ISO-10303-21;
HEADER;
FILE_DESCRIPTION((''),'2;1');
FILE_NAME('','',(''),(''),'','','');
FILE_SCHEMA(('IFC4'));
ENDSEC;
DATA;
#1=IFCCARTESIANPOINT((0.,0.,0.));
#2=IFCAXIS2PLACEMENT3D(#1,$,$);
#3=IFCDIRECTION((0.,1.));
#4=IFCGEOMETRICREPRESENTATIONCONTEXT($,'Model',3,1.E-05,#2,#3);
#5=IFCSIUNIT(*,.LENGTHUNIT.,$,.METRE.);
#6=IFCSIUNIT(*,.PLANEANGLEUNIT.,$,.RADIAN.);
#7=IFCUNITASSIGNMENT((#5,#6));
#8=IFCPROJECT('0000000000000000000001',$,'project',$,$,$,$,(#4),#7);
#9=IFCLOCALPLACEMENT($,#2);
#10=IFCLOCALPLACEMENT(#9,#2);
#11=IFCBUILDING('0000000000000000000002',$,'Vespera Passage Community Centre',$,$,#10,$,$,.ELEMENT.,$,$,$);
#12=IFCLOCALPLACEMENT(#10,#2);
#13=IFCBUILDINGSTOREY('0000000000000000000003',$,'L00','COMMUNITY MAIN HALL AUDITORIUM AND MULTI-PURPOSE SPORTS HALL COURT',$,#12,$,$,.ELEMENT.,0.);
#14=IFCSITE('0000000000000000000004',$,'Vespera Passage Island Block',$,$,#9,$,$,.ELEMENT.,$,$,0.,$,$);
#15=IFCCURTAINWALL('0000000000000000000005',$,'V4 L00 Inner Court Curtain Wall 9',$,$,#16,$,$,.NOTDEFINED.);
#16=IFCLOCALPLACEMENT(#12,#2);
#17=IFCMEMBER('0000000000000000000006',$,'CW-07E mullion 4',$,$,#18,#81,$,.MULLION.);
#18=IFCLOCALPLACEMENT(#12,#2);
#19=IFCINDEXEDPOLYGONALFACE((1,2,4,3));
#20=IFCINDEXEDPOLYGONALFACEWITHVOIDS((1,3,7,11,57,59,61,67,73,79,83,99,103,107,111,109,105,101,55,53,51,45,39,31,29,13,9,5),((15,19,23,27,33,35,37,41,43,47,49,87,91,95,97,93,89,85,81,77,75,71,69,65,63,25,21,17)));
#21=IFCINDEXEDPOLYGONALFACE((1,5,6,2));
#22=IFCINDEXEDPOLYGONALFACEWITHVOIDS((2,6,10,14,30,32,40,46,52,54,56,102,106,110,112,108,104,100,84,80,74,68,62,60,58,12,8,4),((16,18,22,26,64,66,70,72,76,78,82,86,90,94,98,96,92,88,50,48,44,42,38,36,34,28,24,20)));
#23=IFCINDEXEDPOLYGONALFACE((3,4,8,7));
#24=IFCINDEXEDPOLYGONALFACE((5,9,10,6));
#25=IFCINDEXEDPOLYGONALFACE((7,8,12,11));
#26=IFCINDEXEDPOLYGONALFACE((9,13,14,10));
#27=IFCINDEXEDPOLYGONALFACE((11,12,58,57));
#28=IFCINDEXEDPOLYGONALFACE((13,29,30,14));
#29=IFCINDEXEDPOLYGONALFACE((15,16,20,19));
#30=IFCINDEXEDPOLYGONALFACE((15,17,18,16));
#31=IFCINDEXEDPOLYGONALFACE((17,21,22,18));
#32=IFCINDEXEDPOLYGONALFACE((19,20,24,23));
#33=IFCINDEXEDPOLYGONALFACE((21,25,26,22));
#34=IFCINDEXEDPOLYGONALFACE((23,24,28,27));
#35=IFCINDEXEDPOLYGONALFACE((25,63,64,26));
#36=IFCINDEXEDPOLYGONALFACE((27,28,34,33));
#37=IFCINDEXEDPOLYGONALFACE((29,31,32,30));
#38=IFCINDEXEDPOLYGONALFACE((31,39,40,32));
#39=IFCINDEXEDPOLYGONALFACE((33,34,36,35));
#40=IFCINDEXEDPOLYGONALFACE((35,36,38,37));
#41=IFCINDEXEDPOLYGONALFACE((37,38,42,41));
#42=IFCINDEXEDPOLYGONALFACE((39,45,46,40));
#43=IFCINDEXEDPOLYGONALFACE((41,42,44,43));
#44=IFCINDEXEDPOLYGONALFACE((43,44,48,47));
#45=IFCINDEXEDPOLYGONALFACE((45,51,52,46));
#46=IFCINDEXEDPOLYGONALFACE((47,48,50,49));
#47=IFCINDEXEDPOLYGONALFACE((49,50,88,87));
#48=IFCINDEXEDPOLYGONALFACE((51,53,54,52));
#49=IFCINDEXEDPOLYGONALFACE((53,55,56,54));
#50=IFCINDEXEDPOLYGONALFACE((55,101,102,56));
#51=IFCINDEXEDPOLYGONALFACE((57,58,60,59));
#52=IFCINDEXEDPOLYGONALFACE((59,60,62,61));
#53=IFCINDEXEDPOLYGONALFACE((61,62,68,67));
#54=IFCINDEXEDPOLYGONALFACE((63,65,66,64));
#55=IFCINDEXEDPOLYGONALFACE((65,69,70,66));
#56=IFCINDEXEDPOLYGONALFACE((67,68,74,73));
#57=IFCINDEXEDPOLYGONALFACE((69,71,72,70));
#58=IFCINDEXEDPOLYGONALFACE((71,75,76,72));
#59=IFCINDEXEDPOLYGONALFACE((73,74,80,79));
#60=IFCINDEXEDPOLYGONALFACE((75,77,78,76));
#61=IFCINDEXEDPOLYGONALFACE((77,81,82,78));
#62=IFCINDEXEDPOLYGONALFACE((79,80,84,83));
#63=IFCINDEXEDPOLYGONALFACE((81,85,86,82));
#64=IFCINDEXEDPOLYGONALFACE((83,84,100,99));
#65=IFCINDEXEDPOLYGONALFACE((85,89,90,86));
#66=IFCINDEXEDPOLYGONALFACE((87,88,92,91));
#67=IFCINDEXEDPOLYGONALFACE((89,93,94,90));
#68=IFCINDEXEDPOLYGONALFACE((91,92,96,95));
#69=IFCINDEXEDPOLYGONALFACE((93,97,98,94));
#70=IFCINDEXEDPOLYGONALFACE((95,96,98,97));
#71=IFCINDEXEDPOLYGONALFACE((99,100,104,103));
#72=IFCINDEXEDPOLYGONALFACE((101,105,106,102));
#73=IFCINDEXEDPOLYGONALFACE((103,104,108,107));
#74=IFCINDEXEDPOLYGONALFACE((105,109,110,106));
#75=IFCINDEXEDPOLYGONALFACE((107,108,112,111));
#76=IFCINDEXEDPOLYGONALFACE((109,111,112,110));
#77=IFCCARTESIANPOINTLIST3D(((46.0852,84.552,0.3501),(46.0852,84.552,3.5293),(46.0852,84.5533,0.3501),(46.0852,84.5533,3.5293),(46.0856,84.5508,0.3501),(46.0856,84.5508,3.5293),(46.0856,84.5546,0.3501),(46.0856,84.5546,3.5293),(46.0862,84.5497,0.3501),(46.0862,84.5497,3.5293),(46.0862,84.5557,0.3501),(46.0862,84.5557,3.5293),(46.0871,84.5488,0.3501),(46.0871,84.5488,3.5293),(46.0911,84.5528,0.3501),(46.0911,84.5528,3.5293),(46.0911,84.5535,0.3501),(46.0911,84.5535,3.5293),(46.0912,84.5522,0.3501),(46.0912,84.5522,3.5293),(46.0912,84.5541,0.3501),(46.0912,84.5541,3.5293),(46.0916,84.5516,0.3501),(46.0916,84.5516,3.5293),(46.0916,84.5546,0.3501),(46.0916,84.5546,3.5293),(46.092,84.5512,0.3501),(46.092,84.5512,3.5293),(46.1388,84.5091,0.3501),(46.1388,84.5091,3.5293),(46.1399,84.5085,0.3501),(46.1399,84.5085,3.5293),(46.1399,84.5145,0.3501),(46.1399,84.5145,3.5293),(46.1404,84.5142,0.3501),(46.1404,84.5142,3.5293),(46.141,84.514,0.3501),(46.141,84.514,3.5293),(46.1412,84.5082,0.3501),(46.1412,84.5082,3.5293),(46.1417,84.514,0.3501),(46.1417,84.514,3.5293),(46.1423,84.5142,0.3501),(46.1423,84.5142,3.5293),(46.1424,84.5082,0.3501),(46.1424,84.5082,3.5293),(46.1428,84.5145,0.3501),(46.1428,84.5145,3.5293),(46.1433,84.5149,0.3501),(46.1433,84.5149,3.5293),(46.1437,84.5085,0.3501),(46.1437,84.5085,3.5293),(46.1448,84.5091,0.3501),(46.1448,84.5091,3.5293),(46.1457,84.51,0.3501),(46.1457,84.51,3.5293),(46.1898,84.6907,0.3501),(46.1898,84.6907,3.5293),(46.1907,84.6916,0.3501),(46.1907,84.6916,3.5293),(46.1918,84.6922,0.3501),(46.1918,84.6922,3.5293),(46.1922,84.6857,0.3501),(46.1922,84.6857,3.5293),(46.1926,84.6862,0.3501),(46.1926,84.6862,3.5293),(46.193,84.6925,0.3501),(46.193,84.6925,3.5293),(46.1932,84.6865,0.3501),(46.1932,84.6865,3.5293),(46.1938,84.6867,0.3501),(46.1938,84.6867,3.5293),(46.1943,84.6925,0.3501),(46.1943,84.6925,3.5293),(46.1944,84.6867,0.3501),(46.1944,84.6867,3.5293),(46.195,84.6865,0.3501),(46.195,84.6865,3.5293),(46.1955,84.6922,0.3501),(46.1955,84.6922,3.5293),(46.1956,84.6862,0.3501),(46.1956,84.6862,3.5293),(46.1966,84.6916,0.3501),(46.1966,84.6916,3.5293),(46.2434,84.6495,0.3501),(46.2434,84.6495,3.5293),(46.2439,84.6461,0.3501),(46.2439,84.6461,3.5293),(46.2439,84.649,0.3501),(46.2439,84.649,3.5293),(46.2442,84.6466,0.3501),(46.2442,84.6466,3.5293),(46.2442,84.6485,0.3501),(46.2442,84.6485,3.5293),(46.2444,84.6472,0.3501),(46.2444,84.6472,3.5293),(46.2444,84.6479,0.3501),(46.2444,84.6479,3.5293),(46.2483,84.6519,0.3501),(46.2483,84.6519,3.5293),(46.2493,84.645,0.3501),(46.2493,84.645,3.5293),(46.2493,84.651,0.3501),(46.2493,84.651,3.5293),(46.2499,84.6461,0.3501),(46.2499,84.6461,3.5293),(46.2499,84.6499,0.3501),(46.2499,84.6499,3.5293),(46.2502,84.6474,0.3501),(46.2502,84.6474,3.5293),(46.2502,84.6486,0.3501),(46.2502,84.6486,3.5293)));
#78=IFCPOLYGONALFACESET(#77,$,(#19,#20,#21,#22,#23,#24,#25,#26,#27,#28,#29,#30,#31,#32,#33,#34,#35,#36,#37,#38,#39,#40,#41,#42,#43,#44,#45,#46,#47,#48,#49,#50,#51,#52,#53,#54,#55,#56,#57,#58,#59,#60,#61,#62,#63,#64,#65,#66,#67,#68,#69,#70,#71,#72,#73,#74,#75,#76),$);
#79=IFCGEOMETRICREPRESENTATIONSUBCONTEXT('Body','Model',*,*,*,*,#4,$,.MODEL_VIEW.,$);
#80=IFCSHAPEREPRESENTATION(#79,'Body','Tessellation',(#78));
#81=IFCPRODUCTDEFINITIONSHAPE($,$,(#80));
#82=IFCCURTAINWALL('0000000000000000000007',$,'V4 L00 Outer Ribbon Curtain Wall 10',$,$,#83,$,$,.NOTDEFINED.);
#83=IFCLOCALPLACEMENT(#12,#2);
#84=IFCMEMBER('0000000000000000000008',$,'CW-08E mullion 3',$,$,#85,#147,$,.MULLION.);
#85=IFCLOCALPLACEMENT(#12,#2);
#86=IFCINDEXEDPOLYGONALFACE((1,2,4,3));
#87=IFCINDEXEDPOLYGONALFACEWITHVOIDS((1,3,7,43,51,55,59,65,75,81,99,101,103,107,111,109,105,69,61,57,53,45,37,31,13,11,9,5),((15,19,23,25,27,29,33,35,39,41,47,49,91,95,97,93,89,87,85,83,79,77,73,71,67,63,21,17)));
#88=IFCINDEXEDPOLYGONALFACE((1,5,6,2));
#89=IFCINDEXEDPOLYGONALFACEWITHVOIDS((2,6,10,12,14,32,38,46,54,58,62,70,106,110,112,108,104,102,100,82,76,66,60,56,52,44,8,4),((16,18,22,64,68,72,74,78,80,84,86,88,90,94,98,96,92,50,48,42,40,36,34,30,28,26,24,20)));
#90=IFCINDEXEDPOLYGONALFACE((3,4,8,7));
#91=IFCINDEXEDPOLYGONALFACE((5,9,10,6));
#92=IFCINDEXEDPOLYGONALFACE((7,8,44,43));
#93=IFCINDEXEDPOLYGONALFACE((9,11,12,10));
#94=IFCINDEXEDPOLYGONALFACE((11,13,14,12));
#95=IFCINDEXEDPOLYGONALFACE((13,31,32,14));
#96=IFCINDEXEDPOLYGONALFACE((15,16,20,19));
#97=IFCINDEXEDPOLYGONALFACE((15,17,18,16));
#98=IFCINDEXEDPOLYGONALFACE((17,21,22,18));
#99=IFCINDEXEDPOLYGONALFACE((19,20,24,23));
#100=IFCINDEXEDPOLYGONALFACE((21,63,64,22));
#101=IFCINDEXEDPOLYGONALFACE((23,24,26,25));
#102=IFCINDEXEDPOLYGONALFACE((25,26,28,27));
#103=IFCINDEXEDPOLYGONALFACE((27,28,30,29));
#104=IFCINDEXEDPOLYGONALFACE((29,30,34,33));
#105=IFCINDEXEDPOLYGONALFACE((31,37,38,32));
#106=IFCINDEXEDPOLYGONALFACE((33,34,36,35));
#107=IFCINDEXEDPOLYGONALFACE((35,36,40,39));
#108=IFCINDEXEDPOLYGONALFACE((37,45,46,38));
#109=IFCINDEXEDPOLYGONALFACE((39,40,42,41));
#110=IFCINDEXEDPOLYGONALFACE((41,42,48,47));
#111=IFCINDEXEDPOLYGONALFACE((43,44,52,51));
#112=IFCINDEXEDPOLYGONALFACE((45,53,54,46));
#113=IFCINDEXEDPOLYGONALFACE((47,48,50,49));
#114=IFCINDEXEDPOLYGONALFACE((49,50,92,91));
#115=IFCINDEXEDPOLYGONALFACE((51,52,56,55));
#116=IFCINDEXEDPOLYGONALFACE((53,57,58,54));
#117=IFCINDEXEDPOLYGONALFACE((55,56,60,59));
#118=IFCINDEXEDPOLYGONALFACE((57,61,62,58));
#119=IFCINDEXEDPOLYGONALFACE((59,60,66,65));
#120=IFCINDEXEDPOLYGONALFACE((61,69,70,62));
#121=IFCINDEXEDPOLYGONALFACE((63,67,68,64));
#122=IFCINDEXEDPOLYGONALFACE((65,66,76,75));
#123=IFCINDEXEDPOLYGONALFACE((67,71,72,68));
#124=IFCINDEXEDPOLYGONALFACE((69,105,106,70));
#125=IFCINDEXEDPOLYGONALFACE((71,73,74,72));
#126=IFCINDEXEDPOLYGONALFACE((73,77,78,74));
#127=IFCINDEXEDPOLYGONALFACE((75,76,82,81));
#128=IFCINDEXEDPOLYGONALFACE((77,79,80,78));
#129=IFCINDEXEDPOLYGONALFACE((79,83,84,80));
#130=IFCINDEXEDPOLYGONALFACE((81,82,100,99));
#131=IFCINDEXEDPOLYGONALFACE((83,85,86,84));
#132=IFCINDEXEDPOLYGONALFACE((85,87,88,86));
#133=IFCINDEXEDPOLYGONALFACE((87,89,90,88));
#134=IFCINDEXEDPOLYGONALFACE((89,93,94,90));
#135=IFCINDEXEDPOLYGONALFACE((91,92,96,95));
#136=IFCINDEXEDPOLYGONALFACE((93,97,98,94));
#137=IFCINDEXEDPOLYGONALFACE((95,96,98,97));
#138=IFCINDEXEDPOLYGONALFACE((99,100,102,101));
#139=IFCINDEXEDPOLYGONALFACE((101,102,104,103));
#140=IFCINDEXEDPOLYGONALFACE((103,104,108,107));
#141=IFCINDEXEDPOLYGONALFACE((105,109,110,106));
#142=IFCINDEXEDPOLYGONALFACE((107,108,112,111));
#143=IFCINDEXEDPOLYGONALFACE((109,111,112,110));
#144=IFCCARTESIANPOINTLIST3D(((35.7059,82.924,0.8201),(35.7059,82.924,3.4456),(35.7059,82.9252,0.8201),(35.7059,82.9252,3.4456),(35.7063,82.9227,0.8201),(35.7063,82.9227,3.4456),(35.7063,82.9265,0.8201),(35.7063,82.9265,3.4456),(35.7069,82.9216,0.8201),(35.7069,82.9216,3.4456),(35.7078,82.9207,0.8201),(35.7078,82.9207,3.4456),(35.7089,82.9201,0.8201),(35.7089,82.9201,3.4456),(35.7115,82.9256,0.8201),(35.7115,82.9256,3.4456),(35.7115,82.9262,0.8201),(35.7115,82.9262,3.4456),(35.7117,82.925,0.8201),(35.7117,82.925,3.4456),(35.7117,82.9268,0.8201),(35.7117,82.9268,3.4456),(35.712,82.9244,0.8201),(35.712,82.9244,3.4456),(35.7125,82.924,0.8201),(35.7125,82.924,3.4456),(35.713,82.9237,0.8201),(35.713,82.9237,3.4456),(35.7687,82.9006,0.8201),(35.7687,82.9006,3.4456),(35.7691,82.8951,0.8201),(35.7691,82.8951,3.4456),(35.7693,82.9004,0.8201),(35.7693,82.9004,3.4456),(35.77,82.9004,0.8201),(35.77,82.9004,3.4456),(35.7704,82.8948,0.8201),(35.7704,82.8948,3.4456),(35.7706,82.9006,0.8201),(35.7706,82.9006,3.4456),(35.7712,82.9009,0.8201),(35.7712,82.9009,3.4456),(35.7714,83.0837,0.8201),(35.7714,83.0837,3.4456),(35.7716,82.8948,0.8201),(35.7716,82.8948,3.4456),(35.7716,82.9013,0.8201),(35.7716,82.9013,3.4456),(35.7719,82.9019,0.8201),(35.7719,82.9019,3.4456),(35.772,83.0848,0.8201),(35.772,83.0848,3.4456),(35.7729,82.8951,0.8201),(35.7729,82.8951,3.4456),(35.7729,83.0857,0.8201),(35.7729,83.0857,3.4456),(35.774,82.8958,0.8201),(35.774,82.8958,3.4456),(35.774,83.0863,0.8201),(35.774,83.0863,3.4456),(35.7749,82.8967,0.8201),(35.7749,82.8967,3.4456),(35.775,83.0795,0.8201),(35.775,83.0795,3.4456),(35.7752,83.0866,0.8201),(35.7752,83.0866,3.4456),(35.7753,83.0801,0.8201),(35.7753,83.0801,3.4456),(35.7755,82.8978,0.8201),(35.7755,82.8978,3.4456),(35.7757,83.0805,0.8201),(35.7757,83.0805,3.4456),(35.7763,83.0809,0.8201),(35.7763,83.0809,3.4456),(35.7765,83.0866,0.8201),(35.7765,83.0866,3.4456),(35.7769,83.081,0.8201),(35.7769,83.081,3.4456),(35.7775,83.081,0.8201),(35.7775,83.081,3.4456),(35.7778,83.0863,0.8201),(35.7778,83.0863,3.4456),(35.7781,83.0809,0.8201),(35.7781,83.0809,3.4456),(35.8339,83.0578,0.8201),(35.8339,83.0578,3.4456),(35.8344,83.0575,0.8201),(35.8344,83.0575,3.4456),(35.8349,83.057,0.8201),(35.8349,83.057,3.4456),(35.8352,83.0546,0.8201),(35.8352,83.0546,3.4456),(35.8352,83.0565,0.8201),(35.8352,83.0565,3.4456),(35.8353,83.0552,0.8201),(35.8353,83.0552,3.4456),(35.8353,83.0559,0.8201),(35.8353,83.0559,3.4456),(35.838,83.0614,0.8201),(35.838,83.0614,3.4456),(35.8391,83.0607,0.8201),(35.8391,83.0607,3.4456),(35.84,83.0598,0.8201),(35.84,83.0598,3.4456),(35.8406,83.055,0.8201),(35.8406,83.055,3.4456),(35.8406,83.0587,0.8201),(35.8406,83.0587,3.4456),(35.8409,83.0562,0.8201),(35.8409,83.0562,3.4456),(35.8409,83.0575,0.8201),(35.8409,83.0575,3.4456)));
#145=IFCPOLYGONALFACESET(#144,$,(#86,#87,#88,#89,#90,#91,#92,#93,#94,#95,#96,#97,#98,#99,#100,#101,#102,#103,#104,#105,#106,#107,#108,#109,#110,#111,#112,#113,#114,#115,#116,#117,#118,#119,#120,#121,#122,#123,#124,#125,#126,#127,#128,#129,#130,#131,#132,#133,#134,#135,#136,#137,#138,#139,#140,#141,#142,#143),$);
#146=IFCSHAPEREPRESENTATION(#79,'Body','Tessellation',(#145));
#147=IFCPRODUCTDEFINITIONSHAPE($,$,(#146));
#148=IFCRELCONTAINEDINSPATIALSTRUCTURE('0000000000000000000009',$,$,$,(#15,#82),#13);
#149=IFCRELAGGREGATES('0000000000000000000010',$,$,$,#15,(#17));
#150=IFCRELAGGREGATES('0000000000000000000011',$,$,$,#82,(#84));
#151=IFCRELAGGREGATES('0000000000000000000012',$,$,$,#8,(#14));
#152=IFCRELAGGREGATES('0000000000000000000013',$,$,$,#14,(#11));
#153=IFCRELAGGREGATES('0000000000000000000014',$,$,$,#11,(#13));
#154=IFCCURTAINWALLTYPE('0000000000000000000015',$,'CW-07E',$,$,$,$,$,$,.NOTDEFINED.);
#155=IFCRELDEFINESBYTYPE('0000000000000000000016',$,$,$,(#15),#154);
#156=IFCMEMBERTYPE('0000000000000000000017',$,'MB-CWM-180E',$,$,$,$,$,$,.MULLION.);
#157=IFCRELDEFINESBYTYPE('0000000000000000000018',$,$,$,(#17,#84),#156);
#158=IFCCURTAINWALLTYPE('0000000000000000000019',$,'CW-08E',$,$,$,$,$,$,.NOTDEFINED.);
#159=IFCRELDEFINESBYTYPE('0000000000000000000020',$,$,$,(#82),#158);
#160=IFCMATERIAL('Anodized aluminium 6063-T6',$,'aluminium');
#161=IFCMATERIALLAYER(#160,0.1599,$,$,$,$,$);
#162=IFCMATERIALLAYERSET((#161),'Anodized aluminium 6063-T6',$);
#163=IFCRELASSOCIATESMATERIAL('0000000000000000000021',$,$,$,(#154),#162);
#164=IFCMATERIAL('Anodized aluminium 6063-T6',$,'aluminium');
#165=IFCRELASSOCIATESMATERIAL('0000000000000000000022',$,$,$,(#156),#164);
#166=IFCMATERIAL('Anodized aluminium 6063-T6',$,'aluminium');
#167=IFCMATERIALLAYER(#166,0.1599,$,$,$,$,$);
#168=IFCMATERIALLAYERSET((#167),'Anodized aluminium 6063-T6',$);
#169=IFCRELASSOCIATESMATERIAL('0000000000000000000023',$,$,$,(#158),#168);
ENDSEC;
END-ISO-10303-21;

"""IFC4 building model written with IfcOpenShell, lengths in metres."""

from ifc_helpers import new_model, si_unit, direction, frame, origin, origin_2d, place, context, subcontext, project, spatial, hollow_rectangle, extrude, material, layer, layer_set, material_profile, profile_set, type_object, element, aggregate, save


model = new_model("IFC4")

# Units and contexts
model_context = context("Model", 3, precision=1e-05, world=origin(), true_north=direction((0.0, 1.0)))
body_context = subcontext(model_context, "Body", "Model", "MODEL_VIEW")
ifc_project = project(units=[si_unit("LENGTHUNIT", "METRE"), si_unit("PLANEANGLEUNIT", "RADIAN")], contexts=[model_context])

# Site, building, storey
site_placement = place(None, origin())
site = spatial("IfcSite", under=ifc_project, at=site_placement, Name="Vespera Passage Island Block", CompositionType="ELEMENT", RefElevation=0.0)
building_placement = place(site_placement, origin())
building = spatial("IfcBuilding", under=site, at=building_placement, Name="Vespera Passage Community Centre", CompositionType="ELEMENT")
storey_placement = place(building_placement, origin())
storey = spatial("IfcBuildingStorey", under=building, at=storey_placement, Name="L00", Description="COMMUNITY MAIN HALL AUDITORIUM AND MULTI-PURPOSE SPORTS HALL COURT", CompositionType="ELEMENT", Elevation=0.0)

# Curtain wall, member
ifc_material_1 = material(Name="Anodized aluminium 6063-T6", Category="aluminium")
ifc_layer_1 = layer(ifc_material_1, 0.1599)
ifc_layer_set_1 = layer_set([ifc_layer_1], Name="Anodized aluminium 6063-T6")
curtain_wall_type_1 = type_object("IfcCurtainWallType", Name="CW-07E", PredefinedType="NOTDEFINED", material=ifc_layer_set_1)
curtain_wall_1_placement = place(storey_placement, origin())
curtain_wall_1 = element("IfcCurtainWall", 1, at=curtain_wall_1_placement, inside=storey, type_object=curtain_wall_type_1, Name="V4 L00 Inner Court Curtain Wall 9", PredefinedType="NOTDEFINED")
ifc_material_2 = material(Name="Anodized aluminium 6063-T6", Category="aluminium")
ifc_material_profile_1 = material_profile(ifc_material_2, hollow_rectangle(XDim=0.075, YDim=0.1799, WallThickness=0.0049, InnerFilletRadius=0.0024, OuterFilletRadius=0.0049, at=origin_2d()), Name="ALU180X75X5")
ifc_profile_set_1 = profile_set([ifc_material_profile_1], Name="Anodized aluminium 6063-T6")
member_type_1 = type_object("IfcMemberType", Name="MB-CWM-180E", PredefinedType="MULLION", material=ifc_profile_set_1)
member_1_placement = place(storey_placement, frame((46.1677, 84.6003, 0.3501), z_axis=(0.0, 0.0, 1.0), x_axis=(0.793358, -0.608755, 0.0)))
member_1 = element("IfcMember", 2, at=member_1_placement, type_object=member_type_1, Name="CW-07E mullion 4", PredefinedType="MULLION", context=body_context, shape_type="SweptSolid", body=[
    extrude(hollow_rectangle(XDim=0.075, YDim=0.1799, WallThickness=0.0049, InnerFilletRadius=0.0024, OuterFilletRadius=0.0049, at=origin_2d()), origin(), (0.0, 0.0, 1.0), 3.1792),
])

# Curtain wall, member
ifc_material_3 = material(Name="Anodized aluminium 6063-T6", Category="aluminium")
ifc_layer_2 = layer(ifc_material_3, 0.1599)
ifc_layer_set_2 = layer_set([ifc_layer_2], Name="Anodized aluminium 6063-T6")
curtain_wall_type_2 = type_object("IfcCurtainWallType", Name="CW-08E", PredefinedType="NOTDEFINED", material=ifc_layer_set_2)
curtain_wall_2_placement = place(storey_placement, origin())
curtain_wall_2 = element("IfcCurtainWall", 3, at=curtain_wall_2_placement, inside=storey, type_object=curtain_wall_type_2, Name="V4 L00 Outer Ribbon Curtain Wall 10", PredefinedType="NOTDEFINED")
member_2_placement = place(storey_placement, frame((35.7734, 82.9907, 0.8201), z_axis=(0.0, 0.0, 1.0), x_axis=(-0.923881, 0.382679, 0.0)))
member_2 = element("IfcMember", 4, at=member_2_placement, type_object=member_type_1, Name="CW-08E mullion 3", PredefinedType="MULLION", context=body_context, shape_type="SweptSolid", body=[
    extrude(hollow_rectangle(XDim=0.075, YDim=0.1799, WallThickness=0.0049, InnerFilletRadius=0.0024, OuterFilletRadius=0.0049, at=origin_2d()), origin(), (0.0, 0.0, 1.0), 2.6255),
])

aggregate(curtain_wall_1, [member_1])
aggregate(curtain_wall_2, [member_2])

save(model, "model.ifc")
